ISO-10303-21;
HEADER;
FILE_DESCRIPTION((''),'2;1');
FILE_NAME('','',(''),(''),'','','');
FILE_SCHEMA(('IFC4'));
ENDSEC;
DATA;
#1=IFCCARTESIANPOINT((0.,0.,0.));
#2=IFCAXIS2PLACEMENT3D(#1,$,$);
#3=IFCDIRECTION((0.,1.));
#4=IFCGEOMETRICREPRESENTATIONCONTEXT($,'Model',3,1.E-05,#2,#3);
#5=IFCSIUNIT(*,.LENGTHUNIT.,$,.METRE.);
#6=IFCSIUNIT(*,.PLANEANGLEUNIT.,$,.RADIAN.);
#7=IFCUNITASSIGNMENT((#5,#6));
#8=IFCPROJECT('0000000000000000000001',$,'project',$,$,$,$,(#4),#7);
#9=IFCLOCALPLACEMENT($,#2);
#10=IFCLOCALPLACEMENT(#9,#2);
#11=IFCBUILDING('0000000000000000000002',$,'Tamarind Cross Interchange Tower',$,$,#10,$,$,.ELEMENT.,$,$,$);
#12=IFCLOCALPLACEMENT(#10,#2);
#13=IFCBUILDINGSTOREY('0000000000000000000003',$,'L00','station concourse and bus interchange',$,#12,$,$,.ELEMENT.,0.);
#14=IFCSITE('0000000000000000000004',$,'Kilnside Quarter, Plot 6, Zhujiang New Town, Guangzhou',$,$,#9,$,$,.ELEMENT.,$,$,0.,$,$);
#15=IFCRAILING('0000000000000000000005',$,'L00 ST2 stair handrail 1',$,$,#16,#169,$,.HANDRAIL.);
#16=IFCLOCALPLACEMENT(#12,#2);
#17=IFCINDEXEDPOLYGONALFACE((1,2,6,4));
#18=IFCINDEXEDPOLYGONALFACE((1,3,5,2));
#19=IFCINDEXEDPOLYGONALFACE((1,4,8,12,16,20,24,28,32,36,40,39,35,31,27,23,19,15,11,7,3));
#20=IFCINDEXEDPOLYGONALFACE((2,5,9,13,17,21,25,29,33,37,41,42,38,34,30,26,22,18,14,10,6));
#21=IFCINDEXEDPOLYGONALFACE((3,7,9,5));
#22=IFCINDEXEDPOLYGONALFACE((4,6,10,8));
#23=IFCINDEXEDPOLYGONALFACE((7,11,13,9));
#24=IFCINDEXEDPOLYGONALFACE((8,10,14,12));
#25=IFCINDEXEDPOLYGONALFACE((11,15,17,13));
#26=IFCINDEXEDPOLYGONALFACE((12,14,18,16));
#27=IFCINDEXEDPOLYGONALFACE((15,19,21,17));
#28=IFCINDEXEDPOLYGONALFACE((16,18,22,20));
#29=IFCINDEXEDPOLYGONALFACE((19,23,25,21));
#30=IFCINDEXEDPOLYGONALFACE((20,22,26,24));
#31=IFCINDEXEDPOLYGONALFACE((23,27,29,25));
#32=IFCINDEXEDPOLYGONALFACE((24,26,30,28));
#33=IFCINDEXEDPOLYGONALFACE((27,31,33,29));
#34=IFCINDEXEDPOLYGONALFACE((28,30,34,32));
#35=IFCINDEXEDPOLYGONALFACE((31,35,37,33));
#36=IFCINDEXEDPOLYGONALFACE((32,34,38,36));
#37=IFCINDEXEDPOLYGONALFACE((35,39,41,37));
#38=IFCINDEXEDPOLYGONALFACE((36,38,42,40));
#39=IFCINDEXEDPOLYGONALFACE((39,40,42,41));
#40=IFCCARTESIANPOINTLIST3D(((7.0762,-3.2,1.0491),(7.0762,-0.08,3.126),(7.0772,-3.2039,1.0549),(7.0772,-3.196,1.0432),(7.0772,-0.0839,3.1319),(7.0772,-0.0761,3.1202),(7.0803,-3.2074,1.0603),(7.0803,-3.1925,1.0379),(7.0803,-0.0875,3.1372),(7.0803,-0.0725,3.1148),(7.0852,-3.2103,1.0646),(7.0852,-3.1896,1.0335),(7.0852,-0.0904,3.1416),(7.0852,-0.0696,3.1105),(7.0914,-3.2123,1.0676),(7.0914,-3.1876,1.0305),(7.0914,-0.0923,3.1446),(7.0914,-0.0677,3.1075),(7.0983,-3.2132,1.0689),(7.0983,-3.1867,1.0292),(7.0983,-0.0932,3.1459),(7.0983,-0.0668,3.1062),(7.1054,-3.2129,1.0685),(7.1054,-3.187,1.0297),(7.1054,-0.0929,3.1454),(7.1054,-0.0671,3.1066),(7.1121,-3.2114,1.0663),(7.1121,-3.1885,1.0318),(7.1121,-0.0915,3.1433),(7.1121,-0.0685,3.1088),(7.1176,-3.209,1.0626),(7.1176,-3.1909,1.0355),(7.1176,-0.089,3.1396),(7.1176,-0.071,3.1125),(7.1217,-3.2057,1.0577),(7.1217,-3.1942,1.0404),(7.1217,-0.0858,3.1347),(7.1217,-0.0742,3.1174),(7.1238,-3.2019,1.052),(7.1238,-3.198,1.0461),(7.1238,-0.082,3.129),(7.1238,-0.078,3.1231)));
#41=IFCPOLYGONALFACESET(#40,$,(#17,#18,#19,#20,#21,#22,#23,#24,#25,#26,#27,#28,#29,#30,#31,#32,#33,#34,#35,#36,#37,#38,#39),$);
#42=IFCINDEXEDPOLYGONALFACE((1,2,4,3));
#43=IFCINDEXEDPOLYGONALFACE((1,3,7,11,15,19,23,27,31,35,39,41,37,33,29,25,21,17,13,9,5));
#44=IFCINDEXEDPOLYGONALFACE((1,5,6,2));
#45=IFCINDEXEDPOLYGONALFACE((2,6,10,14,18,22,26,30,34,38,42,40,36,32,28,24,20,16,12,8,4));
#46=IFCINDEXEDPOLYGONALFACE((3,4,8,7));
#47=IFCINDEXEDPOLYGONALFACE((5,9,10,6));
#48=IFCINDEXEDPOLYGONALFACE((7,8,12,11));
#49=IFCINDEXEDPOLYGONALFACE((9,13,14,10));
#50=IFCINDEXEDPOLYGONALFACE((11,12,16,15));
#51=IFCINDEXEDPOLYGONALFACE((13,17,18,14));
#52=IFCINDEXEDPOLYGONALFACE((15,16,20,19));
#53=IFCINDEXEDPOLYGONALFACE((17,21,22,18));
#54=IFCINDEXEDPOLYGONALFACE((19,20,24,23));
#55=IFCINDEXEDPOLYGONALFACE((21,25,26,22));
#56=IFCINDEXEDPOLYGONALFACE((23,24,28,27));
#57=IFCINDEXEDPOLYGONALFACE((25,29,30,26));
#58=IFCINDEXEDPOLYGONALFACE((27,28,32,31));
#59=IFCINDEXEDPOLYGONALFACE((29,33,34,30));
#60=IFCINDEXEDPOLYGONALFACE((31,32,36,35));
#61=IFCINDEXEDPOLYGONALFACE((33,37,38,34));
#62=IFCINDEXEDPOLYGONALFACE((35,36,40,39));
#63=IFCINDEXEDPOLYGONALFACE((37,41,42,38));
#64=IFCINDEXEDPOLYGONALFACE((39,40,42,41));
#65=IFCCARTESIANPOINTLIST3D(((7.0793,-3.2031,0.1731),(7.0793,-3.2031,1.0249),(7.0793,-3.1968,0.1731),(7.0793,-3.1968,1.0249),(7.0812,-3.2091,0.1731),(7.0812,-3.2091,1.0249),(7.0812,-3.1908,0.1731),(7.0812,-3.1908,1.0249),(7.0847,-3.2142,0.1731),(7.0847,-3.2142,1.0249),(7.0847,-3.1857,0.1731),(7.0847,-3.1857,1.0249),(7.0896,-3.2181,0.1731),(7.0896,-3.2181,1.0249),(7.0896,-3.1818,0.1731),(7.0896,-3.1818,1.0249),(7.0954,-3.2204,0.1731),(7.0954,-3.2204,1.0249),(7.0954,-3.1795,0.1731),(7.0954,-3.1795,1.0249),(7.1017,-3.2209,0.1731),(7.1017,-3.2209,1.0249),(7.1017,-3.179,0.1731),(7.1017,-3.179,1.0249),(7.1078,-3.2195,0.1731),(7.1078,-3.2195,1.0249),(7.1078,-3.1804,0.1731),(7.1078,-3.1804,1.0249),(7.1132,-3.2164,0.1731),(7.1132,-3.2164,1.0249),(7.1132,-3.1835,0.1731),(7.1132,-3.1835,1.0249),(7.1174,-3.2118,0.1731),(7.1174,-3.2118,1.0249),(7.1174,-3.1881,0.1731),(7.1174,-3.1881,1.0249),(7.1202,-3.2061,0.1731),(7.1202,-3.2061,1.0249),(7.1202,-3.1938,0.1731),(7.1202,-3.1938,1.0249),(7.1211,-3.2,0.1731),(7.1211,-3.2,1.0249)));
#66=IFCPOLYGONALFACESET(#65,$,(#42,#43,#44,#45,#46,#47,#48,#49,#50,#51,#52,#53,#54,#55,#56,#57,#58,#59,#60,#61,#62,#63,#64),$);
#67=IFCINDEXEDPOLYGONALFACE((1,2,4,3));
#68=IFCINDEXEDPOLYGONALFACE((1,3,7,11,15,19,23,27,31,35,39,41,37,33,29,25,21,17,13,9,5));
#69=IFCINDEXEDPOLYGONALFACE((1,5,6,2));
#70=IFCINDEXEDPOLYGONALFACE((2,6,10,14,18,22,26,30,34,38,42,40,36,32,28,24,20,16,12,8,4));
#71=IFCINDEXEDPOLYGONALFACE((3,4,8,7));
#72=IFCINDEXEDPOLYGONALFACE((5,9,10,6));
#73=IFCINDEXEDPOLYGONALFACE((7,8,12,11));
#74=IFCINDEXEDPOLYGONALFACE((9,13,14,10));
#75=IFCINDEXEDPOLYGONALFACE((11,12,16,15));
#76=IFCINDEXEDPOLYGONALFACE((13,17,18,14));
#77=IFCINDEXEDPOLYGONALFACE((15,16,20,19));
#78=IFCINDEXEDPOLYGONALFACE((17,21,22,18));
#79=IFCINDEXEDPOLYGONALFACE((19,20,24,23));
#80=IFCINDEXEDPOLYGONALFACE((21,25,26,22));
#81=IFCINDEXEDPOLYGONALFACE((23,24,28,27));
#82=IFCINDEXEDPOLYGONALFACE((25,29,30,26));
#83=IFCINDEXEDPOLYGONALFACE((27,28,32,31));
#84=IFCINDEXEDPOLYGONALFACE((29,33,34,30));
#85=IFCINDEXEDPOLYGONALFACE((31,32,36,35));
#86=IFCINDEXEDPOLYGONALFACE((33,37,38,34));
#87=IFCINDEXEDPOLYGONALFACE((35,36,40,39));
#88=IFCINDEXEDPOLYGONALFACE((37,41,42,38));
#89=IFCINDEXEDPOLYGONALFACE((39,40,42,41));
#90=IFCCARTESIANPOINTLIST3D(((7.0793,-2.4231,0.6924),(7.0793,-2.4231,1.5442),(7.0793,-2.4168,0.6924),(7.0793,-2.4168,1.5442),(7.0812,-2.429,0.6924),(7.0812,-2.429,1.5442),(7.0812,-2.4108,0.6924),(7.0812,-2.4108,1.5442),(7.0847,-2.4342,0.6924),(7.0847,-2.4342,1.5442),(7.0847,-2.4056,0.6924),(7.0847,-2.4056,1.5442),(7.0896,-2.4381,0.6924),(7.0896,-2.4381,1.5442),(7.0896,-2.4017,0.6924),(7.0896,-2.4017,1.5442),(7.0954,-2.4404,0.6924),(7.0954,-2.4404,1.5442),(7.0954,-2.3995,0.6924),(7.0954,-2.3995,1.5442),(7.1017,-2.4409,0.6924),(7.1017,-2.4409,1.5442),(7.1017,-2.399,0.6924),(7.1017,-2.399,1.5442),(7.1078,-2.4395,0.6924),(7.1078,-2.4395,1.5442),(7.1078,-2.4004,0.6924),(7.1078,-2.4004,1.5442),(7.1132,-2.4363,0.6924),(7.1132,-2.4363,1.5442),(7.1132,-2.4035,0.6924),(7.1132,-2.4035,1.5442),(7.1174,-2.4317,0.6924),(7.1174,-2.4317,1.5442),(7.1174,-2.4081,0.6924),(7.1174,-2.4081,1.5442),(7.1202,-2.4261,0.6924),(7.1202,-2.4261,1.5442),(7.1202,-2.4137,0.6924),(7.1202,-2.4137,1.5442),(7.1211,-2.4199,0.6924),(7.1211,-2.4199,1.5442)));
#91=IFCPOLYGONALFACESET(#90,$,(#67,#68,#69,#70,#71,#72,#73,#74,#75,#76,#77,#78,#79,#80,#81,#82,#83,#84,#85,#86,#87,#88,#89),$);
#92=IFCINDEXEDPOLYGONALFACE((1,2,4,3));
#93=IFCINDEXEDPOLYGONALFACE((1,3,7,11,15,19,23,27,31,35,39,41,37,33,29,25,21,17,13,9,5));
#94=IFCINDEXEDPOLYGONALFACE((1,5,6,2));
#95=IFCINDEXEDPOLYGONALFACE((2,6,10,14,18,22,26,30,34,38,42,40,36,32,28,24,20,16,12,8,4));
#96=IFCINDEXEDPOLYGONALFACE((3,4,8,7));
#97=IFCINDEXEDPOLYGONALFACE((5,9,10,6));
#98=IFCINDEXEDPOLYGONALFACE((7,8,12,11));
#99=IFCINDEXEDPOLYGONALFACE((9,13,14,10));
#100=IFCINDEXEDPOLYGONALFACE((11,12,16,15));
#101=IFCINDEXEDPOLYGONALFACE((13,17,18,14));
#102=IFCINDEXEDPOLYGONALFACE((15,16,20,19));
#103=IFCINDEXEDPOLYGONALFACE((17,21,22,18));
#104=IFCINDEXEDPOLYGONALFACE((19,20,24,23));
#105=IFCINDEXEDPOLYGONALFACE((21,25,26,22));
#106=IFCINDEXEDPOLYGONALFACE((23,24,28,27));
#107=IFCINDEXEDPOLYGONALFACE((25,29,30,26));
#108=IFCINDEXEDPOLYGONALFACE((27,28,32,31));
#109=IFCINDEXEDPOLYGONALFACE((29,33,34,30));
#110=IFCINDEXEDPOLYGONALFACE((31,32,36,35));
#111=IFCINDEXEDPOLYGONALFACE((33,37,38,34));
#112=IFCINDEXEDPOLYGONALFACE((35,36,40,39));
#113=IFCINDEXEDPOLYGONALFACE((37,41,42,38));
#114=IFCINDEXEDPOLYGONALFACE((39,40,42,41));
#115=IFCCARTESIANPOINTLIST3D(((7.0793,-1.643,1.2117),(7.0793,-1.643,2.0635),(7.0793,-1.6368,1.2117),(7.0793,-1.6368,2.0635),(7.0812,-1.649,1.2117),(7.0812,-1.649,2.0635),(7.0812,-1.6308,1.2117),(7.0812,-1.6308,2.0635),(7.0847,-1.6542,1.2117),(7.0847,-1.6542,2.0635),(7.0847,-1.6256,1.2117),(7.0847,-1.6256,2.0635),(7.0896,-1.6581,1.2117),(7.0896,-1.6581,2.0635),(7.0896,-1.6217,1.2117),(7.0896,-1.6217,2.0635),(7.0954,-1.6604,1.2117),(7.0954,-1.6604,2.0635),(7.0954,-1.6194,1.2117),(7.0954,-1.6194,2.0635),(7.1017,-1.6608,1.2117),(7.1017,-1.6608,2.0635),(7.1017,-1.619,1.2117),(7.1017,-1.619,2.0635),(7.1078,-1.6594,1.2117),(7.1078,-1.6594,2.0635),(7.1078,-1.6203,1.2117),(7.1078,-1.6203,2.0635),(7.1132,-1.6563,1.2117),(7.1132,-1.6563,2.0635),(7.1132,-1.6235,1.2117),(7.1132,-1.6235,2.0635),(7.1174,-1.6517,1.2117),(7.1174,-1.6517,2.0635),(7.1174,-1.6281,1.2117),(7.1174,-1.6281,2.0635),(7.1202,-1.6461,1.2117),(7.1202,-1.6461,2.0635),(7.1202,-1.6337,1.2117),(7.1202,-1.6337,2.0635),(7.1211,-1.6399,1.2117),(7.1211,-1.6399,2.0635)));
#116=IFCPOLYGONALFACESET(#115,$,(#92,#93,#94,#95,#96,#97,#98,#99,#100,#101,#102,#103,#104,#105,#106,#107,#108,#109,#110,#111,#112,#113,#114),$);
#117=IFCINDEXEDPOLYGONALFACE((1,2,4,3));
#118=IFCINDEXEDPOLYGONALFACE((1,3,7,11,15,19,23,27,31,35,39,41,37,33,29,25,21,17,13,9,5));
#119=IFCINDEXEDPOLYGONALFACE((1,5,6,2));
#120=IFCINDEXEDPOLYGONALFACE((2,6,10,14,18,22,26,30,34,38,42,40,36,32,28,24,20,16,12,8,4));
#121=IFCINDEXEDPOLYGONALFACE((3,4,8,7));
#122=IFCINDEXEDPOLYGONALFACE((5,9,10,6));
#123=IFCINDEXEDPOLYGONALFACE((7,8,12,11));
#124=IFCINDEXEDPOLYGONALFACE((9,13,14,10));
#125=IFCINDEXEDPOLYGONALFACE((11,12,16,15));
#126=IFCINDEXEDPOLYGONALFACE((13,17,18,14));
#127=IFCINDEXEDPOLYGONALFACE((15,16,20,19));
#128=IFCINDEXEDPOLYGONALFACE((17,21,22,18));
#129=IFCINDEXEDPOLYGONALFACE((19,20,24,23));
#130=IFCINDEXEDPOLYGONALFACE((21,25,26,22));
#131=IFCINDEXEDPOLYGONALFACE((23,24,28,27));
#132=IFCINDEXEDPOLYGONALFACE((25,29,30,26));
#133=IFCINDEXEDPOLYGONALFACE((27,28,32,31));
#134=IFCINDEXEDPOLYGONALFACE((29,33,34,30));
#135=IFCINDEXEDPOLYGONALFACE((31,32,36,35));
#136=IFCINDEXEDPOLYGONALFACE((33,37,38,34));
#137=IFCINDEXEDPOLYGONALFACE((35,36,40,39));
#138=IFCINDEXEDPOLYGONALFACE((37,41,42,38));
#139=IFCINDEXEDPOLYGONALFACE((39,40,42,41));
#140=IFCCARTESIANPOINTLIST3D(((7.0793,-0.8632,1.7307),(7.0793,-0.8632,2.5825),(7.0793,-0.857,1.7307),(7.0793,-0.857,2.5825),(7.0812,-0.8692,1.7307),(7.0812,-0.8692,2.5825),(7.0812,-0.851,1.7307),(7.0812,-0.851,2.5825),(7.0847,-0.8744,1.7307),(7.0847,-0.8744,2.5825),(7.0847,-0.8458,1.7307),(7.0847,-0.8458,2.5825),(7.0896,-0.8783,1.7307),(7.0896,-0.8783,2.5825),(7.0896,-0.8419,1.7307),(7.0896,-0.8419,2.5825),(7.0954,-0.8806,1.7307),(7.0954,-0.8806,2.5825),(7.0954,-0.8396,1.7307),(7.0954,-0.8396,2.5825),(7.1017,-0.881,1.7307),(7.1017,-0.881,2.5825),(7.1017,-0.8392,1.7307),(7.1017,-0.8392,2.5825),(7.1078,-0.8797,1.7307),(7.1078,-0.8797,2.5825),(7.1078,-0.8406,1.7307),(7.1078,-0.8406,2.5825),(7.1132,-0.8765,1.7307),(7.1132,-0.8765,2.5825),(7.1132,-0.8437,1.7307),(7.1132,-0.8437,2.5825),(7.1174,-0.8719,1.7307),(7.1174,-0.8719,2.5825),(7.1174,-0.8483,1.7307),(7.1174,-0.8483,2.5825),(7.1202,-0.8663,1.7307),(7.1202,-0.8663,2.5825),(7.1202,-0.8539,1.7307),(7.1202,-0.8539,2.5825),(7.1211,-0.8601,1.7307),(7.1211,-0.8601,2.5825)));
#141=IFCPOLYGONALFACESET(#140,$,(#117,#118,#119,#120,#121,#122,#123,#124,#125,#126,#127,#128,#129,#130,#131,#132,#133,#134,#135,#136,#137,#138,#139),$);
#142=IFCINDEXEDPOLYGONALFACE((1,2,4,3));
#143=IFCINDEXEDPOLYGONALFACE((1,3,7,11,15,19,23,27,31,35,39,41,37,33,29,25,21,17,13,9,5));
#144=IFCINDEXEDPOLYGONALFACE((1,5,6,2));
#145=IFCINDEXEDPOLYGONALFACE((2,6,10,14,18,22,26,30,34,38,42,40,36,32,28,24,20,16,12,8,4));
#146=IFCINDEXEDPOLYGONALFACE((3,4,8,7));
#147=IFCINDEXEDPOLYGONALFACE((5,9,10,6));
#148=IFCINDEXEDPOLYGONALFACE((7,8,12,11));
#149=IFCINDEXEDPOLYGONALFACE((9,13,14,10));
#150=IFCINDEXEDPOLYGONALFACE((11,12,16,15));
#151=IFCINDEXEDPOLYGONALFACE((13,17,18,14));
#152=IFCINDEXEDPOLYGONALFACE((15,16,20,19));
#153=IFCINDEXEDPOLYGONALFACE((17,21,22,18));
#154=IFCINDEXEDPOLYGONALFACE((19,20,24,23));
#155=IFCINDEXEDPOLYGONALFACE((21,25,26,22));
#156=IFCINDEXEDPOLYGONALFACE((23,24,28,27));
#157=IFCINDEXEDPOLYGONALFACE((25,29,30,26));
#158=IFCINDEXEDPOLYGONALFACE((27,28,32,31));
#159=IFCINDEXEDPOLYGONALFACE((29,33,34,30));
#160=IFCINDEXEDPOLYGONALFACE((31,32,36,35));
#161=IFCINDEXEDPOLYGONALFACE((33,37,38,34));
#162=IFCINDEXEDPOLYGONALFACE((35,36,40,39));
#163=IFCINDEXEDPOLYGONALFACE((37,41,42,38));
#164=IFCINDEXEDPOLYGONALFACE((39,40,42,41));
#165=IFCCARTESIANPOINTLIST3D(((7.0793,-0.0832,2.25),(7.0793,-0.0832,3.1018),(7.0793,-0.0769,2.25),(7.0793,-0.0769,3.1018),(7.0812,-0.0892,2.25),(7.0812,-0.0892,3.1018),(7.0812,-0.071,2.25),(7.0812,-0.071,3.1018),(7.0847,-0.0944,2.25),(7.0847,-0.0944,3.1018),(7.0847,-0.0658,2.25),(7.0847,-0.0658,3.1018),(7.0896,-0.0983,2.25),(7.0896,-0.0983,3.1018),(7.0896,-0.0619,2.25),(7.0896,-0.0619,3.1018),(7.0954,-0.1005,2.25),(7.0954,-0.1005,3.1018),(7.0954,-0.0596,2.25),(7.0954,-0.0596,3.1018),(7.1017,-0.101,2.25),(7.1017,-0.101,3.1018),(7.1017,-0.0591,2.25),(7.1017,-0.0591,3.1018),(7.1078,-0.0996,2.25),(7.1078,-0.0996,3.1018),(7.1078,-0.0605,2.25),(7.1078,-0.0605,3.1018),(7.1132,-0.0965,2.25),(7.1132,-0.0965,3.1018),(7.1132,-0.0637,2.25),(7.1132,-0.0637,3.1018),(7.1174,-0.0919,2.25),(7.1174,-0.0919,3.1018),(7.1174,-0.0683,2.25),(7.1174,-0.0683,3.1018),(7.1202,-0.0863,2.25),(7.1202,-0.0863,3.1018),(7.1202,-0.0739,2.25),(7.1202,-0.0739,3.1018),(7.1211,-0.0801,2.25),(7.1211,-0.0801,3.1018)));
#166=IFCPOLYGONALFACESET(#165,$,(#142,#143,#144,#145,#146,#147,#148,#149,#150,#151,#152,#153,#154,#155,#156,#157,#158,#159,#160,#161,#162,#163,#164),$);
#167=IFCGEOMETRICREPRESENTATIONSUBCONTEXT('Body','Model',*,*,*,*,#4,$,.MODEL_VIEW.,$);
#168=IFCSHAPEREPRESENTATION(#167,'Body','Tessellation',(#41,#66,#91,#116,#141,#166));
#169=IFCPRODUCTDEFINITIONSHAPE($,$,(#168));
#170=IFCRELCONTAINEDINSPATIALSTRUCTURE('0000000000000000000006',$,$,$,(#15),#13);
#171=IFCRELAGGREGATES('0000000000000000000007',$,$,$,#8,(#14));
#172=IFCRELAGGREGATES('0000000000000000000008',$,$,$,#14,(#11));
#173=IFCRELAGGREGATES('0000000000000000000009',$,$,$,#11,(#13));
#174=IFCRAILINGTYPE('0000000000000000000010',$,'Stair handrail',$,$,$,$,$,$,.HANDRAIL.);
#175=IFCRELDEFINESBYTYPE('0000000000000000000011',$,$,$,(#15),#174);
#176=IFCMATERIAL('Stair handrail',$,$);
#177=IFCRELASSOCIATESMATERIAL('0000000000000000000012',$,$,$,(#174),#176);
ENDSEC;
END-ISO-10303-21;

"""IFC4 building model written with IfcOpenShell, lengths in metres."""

from ifc_helpers import new_model, si_unit, direction, frame, origin, origin_2d, place, context, subcontext, project, spatial, circle, extrude, material, type_object, element, save


model = new_model("IFC4")

# Units and contexts
model_context = context("Model", 3, precision=1e-05, world=origin(), true_north=direction((0.0, 1.0)))
body_context = subcontext(model_context, "Body", "Model", "MODEL_VIEW")
ifc_project = project(units=[si_unit("LENGTHUNIT", "METRE"), si_unit("PLANEANGLEUNIT", "RADIAN")], contexts=[model_context])

# Site, building, storey
site_placement = place(None, origin())
site = spatial("IfcSite", under=ifc_project, at=site_placement, Name="Kilnside Quarter, Plot 6, Zhujiang New Town, Guangzhou", CompositionType="ELEMENT", RefElevation=0.0)
building_placement = place(site_placement, origin())
building = spatial("IfcBuilding", under=site, at=building_placement, Name="Tamarind Cross Interchange Tower", CompositionType="ELEMENT")
storey_placement = place(building_placement, origin())
storey = spatial("IfcBuildingStorey", under=building, at=storey_placement, Name="L00", Description="station concourse and bus interchange", CompositionType="ELEMENT", Elevation=0.0)

# Railing
ifc_material_1 = material(Name="Stair handrail")
railing_type_1 = type_object("IfcRailingType", Name="Stair handrail", PredefinedType="HANDRAIL", material=ifc_material_1)
railing_1_placement = place(storey_placement, frame((7.1001, -3.2, 0.1731)))
element("IfcRailing", 1, at=railing_1_placement, inside=storey, type_object=railing_type_1, Name="L00 ST2 stair handrail 1", PredefinedType="HANDRAIL", context=body_context, shape_type="SweptSolid", body=[
    extrude(circle(Radius=0.0239, at=origin_2d()), frame((0.0, 0.0, 0.876), z_axis=(0.0, 0.832421, 0.554144), x_axis=(-1.0, 0.0, 0.0)), (0.0, 0.0, 1.0), 3.748),
    extrude(circle(Radius=0.021, at=origin_2d()), origin(), (0.0, 0.0, 1.0), 0.8518),
    extrude(circle(Radius=0.021, at=origin_2d()), frame((0.0, 0.78, 0.5193)), (0.0, 0.0, 1.0), 0.8518),
    extrude(circle(Radius=0.021, at=origin_2d()), frame((0.0, 1.5601, 1.0386)), (0.0, 0.0, 1.0), 0.8518),
    extrude(circle(Radius=0.021, at=origin_2d()), frame((0.0, 2.3398, 1.5576)), (0.0, 0.0, 1.0), 0.8518),
    extrude(circle(Radius=0.021, at=origin_2d()), frame((0.0, 3.1199, 2.0769)), (0.0, 0.0, 1.0), 0.8518),
])

save(model, "model.ifc")
